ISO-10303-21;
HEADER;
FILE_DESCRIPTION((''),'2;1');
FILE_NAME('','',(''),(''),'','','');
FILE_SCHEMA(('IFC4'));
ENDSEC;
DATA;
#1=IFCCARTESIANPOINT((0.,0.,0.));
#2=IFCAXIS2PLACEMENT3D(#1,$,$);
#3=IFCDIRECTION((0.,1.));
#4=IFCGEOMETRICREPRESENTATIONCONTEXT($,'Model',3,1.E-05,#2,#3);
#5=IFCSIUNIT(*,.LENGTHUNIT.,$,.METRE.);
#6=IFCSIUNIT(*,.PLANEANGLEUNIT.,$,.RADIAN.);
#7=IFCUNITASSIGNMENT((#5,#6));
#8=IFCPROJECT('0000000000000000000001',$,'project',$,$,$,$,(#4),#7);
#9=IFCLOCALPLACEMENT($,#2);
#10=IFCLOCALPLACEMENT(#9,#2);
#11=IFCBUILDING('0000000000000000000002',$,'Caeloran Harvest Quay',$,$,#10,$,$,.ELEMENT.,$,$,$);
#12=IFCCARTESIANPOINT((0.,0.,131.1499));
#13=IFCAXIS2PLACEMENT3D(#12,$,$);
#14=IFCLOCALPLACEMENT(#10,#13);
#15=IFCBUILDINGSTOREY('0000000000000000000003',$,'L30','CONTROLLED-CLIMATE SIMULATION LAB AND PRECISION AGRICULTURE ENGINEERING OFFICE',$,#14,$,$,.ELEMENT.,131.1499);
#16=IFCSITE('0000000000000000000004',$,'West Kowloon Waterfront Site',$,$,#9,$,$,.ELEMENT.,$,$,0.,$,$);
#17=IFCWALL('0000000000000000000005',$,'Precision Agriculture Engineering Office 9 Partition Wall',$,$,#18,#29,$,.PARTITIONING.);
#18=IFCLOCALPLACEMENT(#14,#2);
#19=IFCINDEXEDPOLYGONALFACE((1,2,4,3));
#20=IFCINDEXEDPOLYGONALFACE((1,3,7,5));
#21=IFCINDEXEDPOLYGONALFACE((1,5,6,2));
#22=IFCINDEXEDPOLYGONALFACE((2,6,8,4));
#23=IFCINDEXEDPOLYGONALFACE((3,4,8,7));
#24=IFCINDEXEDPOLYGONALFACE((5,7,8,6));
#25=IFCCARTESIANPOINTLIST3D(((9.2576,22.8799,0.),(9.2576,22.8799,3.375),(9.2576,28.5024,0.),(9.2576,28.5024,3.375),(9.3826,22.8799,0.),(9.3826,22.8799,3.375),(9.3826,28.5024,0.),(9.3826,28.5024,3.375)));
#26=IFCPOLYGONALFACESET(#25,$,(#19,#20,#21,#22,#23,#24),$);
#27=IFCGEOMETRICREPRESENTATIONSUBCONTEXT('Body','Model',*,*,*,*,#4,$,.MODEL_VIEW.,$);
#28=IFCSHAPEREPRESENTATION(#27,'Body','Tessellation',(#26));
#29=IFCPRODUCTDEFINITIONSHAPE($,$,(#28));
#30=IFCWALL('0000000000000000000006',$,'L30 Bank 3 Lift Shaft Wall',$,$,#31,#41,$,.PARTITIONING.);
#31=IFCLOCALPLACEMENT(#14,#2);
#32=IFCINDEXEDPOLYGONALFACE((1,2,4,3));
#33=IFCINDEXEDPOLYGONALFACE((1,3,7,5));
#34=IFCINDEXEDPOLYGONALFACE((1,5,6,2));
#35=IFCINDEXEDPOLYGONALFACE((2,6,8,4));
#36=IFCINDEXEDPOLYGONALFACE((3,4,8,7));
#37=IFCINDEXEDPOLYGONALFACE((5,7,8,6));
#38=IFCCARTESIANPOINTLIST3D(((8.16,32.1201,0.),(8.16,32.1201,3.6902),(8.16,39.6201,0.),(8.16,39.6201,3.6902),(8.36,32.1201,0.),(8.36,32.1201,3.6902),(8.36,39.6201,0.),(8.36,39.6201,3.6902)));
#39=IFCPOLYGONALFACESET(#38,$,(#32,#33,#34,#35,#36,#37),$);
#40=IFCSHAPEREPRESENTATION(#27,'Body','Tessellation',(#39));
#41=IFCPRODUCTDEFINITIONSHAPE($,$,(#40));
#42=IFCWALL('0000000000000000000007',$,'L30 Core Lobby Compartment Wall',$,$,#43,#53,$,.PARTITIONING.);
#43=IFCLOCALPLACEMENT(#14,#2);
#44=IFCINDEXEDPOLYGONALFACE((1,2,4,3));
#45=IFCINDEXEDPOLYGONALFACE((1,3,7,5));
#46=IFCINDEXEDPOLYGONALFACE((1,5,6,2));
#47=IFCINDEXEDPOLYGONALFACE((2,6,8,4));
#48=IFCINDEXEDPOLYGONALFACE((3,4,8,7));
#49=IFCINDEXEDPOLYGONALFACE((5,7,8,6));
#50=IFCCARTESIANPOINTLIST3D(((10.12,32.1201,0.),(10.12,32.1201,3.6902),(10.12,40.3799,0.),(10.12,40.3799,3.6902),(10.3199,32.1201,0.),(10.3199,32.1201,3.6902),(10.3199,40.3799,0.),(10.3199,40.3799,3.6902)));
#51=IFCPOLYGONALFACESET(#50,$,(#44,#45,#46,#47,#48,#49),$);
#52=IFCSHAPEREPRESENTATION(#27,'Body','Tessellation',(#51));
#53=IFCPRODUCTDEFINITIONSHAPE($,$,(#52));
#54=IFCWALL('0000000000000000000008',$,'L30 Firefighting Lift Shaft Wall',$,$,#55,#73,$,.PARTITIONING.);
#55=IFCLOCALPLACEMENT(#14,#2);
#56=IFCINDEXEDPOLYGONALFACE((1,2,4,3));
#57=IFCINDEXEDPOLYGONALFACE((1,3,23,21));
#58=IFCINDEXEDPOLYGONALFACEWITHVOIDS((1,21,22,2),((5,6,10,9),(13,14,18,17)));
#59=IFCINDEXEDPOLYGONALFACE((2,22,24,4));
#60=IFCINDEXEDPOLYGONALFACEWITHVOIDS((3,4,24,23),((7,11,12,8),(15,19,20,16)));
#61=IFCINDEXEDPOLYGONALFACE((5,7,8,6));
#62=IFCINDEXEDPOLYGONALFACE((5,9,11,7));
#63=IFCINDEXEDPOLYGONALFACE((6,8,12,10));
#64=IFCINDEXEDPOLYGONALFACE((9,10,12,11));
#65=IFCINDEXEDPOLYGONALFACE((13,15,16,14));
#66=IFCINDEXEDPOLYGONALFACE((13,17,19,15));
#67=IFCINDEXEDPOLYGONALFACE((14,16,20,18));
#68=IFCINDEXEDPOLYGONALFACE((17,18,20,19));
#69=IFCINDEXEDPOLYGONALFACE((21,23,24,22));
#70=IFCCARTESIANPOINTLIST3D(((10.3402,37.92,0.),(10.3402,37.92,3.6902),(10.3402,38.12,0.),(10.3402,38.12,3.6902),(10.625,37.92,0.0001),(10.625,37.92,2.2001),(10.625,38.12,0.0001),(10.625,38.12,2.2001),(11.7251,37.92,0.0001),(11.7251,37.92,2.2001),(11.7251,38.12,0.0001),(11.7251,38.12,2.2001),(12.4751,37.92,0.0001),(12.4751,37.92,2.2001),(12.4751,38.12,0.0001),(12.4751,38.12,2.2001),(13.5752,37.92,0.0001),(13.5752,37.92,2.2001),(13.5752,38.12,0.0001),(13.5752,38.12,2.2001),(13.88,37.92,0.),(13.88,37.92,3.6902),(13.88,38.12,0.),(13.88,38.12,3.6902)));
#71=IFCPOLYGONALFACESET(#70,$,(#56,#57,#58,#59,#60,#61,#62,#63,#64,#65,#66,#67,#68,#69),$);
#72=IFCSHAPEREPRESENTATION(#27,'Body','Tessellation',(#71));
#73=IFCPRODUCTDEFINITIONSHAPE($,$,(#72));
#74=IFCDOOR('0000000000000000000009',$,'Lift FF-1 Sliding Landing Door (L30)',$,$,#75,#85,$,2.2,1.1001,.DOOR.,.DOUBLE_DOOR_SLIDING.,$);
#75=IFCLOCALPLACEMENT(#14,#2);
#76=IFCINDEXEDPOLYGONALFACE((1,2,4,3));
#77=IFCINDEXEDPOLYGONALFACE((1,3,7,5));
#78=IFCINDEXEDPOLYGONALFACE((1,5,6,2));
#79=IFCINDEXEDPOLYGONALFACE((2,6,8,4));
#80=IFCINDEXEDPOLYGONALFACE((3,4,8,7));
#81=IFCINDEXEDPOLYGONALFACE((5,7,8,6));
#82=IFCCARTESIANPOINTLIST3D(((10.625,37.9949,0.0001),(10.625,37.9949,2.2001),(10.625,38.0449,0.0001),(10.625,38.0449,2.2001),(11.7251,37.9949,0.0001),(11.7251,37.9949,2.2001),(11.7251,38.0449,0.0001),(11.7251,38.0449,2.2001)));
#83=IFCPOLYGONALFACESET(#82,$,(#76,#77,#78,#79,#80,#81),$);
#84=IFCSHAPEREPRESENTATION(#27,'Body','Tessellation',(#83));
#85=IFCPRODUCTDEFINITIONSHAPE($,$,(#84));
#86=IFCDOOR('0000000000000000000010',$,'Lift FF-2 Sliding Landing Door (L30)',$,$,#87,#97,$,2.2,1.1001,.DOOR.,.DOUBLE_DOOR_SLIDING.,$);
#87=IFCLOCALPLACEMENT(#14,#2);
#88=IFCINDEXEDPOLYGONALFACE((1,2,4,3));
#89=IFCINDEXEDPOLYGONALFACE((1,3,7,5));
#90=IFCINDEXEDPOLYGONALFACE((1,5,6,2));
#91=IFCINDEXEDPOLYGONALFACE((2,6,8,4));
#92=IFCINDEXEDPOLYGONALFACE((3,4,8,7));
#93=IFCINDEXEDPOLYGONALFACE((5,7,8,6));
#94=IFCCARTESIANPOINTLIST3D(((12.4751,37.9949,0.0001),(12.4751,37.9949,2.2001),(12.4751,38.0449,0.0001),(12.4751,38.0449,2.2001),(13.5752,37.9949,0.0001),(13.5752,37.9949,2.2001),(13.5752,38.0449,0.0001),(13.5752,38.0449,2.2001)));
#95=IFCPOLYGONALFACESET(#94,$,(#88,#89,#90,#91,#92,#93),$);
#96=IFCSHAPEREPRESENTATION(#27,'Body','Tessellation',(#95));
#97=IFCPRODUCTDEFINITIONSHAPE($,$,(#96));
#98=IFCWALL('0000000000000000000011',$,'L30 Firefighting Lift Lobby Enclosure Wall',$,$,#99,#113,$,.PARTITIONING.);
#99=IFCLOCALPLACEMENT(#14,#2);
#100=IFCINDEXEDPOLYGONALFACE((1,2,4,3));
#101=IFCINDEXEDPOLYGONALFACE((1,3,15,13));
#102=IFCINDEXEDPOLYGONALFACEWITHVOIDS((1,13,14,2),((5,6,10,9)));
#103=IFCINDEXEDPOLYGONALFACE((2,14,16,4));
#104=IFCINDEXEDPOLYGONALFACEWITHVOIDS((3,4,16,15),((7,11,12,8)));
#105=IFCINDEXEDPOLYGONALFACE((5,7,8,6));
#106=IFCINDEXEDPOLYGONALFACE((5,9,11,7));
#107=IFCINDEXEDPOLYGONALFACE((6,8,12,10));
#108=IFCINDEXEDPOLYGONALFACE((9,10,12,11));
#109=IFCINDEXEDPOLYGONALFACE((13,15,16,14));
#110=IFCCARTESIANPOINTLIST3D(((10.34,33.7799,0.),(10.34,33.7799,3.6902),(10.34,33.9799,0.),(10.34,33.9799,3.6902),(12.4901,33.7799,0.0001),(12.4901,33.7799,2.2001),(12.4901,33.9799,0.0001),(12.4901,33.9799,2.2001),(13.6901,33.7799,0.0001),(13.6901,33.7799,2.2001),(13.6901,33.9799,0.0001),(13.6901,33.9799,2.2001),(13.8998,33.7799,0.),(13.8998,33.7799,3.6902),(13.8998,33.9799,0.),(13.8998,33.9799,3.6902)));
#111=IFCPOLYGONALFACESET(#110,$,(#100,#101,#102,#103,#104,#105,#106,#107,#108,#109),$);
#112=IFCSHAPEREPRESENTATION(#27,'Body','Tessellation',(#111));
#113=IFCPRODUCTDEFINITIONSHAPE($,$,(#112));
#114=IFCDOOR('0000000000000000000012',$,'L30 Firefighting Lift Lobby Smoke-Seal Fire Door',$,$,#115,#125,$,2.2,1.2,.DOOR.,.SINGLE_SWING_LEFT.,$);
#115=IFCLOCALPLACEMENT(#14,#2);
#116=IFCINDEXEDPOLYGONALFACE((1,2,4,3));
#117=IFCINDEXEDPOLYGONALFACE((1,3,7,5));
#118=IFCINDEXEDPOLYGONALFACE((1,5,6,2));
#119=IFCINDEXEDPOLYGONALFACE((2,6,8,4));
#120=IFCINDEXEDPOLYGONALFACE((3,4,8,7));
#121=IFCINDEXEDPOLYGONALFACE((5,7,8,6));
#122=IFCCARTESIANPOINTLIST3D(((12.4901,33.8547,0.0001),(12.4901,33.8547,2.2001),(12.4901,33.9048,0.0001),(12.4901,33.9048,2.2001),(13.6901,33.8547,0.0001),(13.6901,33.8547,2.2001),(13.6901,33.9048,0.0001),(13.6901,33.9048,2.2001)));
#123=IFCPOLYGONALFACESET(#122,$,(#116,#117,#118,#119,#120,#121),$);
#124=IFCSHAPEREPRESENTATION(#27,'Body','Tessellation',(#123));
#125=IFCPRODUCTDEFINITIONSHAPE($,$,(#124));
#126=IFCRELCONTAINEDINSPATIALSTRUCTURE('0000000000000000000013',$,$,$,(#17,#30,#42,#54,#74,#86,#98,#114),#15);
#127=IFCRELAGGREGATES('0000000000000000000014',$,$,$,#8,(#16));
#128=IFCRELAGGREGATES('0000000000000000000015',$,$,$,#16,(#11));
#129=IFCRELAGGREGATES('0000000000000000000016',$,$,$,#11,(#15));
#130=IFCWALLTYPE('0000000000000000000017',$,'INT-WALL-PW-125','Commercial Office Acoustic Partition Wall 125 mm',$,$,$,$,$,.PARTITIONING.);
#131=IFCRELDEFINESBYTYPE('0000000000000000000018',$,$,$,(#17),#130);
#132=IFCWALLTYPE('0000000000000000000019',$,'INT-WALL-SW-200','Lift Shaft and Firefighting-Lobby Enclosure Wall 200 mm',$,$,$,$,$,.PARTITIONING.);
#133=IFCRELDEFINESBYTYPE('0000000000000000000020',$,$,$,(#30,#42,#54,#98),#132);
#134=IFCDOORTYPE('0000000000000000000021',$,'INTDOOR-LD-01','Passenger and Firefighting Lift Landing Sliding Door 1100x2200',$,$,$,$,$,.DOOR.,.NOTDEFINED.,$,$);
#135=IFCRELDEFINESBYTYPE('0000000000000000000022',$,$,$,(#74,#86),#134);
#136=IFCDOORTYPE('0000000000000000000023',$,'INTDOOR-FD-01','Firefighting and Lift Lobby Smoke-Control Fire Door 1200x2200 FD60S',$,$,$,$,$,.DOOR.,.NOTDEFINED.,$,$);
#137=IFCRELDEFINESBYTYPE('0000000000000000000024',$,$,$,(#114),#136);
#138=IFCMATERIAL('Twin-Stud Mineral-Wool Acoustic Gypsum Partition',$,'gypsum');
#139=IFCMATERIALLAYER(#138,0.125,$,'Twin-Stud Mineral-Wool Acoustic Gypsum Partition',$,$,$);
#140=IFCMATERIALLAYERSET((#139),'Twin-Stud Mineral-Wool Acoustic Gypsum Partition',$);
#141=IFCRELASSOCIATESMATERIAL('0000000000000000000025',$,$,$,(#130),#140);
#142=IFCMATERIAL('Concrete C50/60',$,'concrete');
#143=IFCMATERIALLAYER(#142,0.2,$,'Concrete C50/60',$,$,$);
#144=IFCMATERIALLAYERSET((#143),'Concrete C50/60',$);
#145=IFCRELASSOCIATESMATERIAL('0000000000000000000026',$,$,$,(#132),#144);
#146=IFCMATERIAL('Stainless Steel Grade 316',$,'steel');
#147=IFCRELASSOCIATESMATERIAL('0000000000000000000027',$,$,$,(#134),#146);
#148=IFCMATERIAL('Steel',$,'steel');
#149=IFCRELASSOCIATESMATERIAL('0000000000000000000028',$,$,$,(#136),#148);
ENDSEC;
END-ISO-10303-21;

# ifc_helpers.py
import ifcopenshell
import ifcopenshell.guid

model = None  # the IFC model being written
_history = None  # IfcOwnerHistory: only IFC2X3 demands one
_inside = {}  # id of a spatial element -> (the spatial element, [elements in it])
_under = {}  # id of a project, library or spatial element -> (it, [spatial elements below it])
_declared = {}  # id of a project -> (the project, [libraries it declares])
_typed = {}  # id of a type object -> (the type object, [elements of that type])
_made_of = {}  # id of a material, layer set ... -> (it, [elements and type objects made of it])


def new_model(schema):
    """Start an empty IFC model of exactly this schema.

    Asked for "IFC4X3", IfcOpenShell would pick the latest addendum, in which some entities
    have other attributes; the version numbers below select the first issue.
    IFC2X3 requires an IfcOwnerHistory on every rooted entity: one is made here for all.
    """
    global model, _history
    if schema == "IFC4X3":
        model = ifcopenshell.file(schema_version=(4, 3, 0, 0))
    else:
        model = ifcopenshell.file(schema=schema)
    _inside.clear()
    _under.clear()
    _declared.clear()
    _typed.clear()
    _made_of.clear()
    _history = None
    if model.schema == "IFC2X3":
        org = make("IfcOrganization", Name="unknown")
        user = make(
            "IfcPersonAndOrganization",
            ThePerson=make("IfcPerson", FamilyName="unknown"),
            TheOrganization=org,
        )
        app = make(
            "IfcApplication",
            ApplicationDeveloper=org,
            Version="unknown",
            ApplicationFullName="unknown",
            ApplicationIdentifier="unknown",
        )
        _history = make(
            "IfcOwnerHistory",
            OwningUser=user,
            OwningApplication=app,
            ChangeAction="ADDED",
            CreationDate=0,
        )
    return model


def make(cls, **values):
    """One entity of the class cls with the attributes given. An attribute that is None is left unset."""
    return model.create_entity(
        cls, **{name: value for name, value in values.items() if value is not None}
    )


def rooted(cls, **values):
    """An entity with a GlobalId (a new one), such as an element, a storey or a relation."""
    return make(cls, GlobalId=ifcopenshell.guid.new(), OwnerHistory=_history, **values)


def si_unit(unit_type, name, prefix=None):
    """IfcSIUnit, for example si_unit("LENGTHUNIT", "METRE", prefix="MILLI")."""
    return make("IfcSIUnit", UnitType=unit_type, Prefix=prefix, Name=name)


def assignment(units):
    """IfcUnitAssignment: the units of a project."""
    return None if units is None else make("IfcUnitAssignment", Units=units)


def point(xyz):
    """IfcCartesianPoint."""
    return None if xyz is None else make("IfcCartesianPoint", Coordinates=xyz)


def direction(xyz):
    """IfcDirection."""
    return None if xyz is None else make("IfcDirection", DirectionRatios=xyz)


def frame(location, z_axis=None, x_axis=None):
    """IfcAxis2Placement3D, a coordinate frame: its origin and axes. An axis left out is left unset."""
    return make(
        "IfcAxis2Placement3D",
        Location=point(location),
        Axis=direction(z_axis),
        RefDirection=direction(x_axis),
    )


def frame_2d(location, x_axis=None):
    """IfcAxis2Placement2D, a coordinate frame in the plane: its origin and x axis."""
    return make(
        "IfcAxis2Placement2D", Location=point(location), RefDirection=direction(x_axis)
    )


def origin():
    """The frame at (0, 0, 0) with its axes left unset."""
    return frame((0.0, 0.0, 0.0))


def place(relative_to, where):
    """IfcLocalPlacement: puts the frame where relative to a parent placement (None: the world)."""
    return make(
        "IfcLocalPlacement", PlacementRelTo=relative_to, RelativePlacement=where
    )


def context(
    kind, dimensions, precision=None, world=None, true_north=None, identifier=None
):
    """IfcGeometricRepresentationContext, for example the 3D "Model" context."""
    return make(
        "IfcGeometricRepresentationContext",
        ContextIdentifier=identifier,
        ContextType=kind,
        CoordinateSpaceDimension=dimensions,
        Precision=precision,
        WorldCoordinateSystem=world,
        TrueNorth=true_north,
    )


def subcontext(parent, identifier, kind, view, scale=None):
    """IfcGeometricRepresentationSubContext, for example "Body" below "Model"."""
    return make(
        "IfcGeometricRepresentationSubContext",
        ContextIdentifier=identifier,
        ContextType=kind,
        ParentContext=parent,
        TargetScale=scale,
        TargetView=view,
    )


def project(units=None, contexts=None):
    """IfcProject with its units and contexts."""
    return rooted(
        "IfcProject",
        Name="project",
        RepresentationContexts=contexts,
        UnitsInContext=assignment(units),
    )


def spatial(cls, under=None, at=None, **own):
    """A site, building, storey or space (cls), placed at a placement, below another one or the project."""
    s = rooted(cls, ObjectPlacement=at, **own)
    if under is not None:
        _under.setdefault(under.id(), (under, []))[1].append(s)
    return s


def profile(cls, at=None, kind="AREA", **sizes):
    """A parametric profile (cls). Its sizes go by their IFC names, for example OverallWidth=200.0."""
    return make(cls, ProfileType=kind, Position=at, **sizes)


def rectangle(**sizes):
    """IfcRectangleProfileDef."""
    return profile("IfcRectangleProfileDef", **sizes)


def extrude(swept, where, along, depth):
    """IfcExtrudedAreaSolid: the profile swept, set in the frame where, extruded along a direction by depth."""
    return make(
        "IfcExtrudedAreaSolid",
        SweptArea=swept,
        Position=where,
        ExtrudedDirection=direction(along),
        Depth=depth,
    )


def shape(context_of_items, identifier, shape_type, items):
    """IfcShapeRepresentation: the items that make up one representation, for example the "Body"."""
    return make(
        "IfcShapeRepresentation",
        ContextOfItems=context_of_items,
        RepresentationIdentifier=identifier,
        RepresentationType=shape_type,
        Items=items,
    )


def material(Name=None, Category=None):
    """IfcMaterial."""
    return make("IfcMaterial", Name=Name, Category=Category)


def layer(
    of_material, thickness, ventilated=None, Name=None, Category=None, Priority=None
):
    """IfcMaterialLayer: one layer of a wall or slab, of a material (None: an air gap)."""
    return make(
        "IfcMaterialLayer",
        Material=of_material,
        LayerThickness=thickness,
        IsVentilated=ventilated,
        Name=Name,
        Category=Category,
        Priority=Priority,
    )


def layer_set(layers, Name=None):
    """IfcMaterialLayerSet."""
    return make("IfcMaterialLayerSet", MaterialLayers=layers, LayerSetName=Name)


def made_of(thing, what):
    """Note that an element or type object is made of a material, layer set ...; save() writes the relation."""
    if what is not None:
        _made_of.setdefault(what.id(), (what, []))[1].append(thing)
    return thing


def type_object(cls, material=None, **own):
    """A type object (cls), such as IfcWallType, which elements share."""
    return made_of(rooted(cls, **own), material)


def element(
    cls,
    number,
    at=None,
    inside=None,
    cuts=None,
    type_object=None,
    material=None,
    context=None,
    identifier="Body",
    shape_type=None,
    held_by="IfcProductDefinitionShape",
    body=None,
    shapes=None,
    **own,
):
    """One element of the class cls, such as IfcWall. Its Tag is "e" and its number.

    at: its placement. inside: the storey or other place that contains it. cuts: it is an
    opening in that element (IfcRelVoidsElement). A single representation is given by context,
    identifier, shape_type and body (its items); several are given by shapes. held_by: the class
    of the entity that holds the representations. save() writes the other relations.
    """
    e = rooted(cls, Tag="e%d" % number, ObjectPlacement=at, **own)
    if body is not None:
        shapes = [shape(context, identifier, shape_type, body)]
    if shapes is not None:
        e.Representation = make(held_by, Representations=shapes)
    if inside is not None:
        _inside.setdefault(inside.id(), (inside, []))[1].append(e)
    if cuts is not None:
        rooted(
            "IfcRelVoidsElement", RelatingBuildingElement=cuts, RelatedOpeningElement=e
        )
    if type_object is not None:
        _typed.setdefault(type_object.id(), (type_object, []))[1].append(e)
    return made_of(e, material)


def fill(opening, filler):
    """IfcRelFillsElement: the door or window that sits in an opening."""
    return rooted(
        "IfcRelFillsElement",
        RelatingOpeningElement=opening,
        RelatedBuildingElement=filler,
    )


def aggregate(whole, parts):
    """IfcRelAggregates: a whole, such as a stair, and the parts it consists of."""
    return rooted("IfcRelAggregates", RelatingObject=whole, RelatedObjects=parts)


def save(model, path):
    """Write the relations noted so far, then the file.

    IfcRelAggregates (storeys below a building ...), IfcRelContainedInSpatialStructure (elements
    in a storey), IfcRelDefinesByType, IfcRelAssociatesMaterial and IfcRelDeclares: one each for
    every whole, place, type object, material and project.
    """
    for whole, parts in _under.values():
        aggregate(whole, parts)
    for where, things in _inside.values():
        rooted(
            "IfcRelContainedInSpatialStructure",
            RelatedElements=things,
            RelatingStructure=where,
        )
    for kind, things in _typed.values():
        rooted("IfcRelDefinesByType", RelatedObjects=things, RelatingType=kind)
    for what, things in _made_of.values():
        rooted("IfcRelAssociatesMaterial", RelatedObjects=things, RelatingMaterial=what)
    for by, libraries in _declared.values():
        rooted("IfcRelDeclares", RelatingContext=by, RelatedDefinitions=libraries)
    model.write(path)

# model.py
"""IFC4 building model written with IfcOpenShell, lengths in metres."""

from ifc_helpers import new_model, si_unit, direction, frame, frame_2d, origin, place, context, subcontext, project, spatial, rectangle, extrude, material, layer, layer_set, type_object, element, fill, save


model = new_model("IFC4")

# Units and contexts
model_context = context("Model", 3, precision=1e-05, world=origin(), true_north=direction((0.0, 1.0)))
body_context = subcontext(model_context, "Body", "Model", "MODEL_VIEW")
ifc_project = project(units=[si_unit("LENGTHUNIT", "METRE"), si_unit("PLANEANGLEUNIT", "RADIAN")], contexts=[model_context])

# Site, building, storey
site_placement = place(None, origin())
site = spatial("IfcSite", under=ifc_project, at=site_placement, Name="West Kowloon Waterfront Site", CompositionType="ELEMENT", RefElevation=0.0)
building_placement = place(site_placement, origin())
building = spatial("IfcBuilding", under=site, at=building_placement, Name="Caeloran Harvest Quay", CompositionType="ELEMENT")
storey_placement = place(building_placement, frame((0.0, 0.0, 131.1499)))
storey = spatial("IfcBuildingStorey", under=building, at=storey_placement, Name="L30", Description="CONTROLLED-CLIMATE SIMULATION LAB AND PRECISION AGRICULTURE ENGINEERING OFFICE", CompositionType="ELEMENT", Elevation=131.1499)

# Shared definitions
ifc_material_1 = material(Name="Twin-Stud Mineral-Wool Acoustic Gypsum Partition", Category="gypsum")
ifc_layer_1 = layer(ifc_material_1, 0.125, Name="Twin-Stud Mineral-Wool Acoustic Gypsum Partition")
ifc_layer_set_1 = layer_set([ifc_layer_1], Name="Twin-Stud Mineral-Wool Acoustic Gypsum Partition")
wall_type_1 = type_object("IfcWallType", Name="INT-WALL-PW-125", Description="Commercial Office Acoustic Partition Wall 125 mm", PredefinedType="PARTITIONING", material=ifc_layer_set_1)

# Walls
wall_1_placement = place(storey_placement, frame((9.3201, 28.5024, 0.0), z_axis=(0.0, 0.0, 1.0), x_axis=(0.0, -1.0, 0.0)))
element("IfcWall", 1, at=wall_1_placement, inside=storey, type_object=wall_type_1, Name="Precision Agriculture Engineering Office 9 Partition Wall", PredefinedType="PARTITIONING", context=body_context, shape_type="SweptSolid", body=[
    extrude(rectangle(XDim=5.6226, YDim=0.125, at=frame_2d((2.8113, 0.0))), origin(), (0.0, 0.0, 1.0), 3.375),
])
ifc_material_2 = material(Name="Concrete C50/60", Category="concrete")
ifc_layer_2 = layer(ifc_material_2, 0.2, Name="Concrete C50/60")
ifc_layer_set_2 = layer_set([ifc_layer_2], Name="Concrete C50/60")
wall_type_2 = type_object("IfcWallType", Name="INT-WALL-SW-200", Description="Lift Shaft and Firefighting-Lobby Enclosure Wall 200 mm", PredefinedType="PARTITIONING", material=ifc_layer_set_2)
wall_2_placement = place(storey_placement, frame((8.26, 32.1201, 0.0), z_axis=(0.0, 0.0, 1.0), x_axis=(0.0, 1.0, 0.0)))
element("IfcWall", 2, at=wall_2_placement, inside=storey, type_object=wall_type_2, Name="L30 Bank 3 Lift Shaft Wall", PredefinedType="PARTITIONING", context=body_context, shape_type="SweptSolid", body=[
    extrude(rectangle(XDim=7.5, YDim=0.2, at=frame_2d((3.75, 0.0))), origin(), (0.0, 0.0, 1.0), 3.6902),
])
wall_3_placement = place(storey_placement, frame((10.22, 32.1201, 0.0), z_axis=(0.0, 0.0, 1.0), x_axis=(0.0, 1.0, 0.0)))
element("IfcWall", 3, at=wall_3_placement, inside=storey, type_object=wall_type_2, Name="L30 Core Lobby Compartment Wall", PredefinedType="PARTITIONING", context=body_context, shape_type="SweptSolid", body=[
    extrude(rectangle(XDim=8.2598, YDim=0.2, at=frame_2d((4.1299, 0.0))), origin(), (0.0, 0.0, 1.0), 3.6902),
])

# Wall, openings, doors
wall_4_placement = place(storey_placement, frame((10.3401, 38.02, 0.0), z_axis=(0.0, 0.0, 1.0), x_axis=(1.0, 0.0, 0.0)))
wall_4 = element("IfcWall", 4, at=wall_4_placement, inside=storey, type_object=wall_type_2, Name="L30 Firefighting Lift Shaft Wall", PredefinedType="PARTITIONING", context=body_context, shape_type="SweptSolid", body=[
    extrude(rectangle(XDim=3.5398, YDim=0.2, at=frame_2d((1.77, 0.0))), origin(), (0.0, 0.0, 1.0), 3.6902),
])
opening_1_placement = place(wall_4_placement, frame((0.2849, 0.0, 0.0)))
opening_1 = element("IfcOpeningElement", 5, at=opening_1_placement, cuts=wall_4, PredefinedType="OPENING", context=body_context, shape_type="SweptSolid", body=[
    extrude(rectangle(XDim=1.1001, YDim=2.2, at=frame_2d((0.55, 1.1001))), frame((0.0, 0.1099, 0.0), z_axis=(0.0, -1.0, 0.0), x_axis=(1.0, 0.0, 0.0)), (0.0, 0.0, 1.0), 0.22),
])
opening_2_placement = place(wall_4_placement, frame((2.135, 0.0, 0.0)))
opening_2 = element("IfcOpeningElement", 6, at=opening_2_placement, cuts=wall_4, PredefinedType="OPENING", context=body_context, shape_type="SweptSolid", body=[
    extrude(rectangle(XDim=1.1001, YDim=2.2, at=frame_2d((0.55, 1.1001))), frame((0.0, 0.1099, 0.0), z_axis=(0.0, -1.0, 0.0), x_axis=(1.0, 0.0, 0.0)), (0.0, 0.0, 1.0), 0.22),
])
ifc_material_3 = material(Name="Stainless Steel Grade 316", Category="steel")
door_type_1 = type_object("IfcDoorType", Name="INTDOOR-LD-01", Description="Passenger and Firefighting Lift Landing Sliding Door 1100x2200", OperationType="NOTDEFINED", PredefinedType="DOOR", material=ifc_material_3)
door_1_placement = place(opening_1_placement, origin())
door_1 = element("IfcDoor", 7, at=door_1_placement, inside=storey, type_object=door_type_1, Name="Lift FF-1 Sliding Landing Door (L30)", OperationType="DOUBLE_DOOR_SLIDING", OverallHeight=2.2, OverallWidth=1.1001, PredefinedType="DOOR", context=body_context, shape_type="SweptSolid", body=[
    extrude(rectangle(XDim=1.1001, YDim=2.2, at=frame_2d((0.55, 1.1001))), frame((0.0, 0.0249, 0.0), z_axis=(0.0, -1.0, 0.0), x_axis=(1.0, 0.0, 0.0)), (0.0, 0.0, 1.0), 0.05),
])
fill(opening_1, door_1)
door_2_placement = place(opening_2_placement, origin())
door_2 = element("IfcDoor", 8, at=door_2_placement, inside=storey, type_object=door_type_1, Name="Lift FF-2 Sliding Landing Door (L30)", OperationType="DOUBLE_DOOR_SLIDING", OverallHeight=2.2, OverallWidth=1.1001, PredefinedType="DOOR", context=body_context, shape_type="SweptSolid", body=[
    extrude(rectangle(XDim=1.1001, YDim=2.2, at=frame_2d((0.55, 1.1001))), frame((0.0, 0.0249, 0.0), z_axis=(0.0, -1.0, 0.0), x_axis=(1.0, 0.0, 0.0)), (0.0, 0.0, 1.0), 0.05),
])
fill(opening_2, door_2)

# Wall, opening, door
wall_5_placement = place(storey_placement, frame((10.3401, 33.8799, 0.0), z_axis=(0.0, 0.0, 1.0), x_axis=(1.0, 0.0, 0.0)))
wall_5 = element("IfcWall", 9, at=wall_5_placement, inside=storey, type_object=wall_type_2, Name="L30 Firefighting Lift Lobby Enclosure Wall", PredefinedType="PARTITIONING", context=body_context, shape_type="SweptSolid", body=[
    extrude(rectangle(XDim=3.5598, YDim=0.2, at=frame_2d((1.7798, 0.0))), origin(), (0.0, 0.0, 1.0), 3.6902),
])
opening_3_placement = place(wall_5_placement, frame((2.1499, 0.0, 0.0)))
opening_3 = element("IfcOpeningElement", 10, at=opening_3_placement, cuts=wall_5, PredefinedType="OPENING", context=body_context, shape_type="SweptSolid", body=[
    extrude(rectangle(XDim=1.2, YDim=2.2, at=frame_2d((0.6001, 1.1001))), frame((0.0, 0.1099, 0.0), z_axis=(0.0, -1.0, 0.0), x_axis=(1.0, 0.0, 0.0)), (0.0, 0.0, 1.0), 0.22),
])
ifc_material_4 = material(Name="Steel", Category="steel")
door_type_2 = type_object("IfcDoorType", Name="INTDOOR-FD-01", Description="Firefighting and Lift Lobby Smoke-Control Fire Door 1200x2200 FD60S", OperationType="NOTDEFINED", PredefinedType="DOOR", material=ifc_material_4)
door_3_placement = place(opening_3_placement, origin())
door_3 = element("IfcDoor", 11, at=door_3_placement, inside=storey, type_object=door_type_2, Name="L30 Firefighting Lift Lobby Smoke-Seal Fire Door", OperationType="SINGLE_SWING_LEFT", OverallHeight=2.2, OverallWidth=1.2, PredefinedType="DOOR", context=body_context, shape_type="SweptSolid", body=[
    extrude(rectangle(XDim=1.2, YDim=2.2, at=frame_2d((0.6001, 1.1001))), frame((0.0, 0.0249, 0.0), z_axis=(0.0, -1.0, 0.0), x_axis=(1.0, 0.0, 0.0)), (0.0, 0.0, 1.0), 0.05),
])
fill(opening_3, door_3)

save(model, "model.ifc")
